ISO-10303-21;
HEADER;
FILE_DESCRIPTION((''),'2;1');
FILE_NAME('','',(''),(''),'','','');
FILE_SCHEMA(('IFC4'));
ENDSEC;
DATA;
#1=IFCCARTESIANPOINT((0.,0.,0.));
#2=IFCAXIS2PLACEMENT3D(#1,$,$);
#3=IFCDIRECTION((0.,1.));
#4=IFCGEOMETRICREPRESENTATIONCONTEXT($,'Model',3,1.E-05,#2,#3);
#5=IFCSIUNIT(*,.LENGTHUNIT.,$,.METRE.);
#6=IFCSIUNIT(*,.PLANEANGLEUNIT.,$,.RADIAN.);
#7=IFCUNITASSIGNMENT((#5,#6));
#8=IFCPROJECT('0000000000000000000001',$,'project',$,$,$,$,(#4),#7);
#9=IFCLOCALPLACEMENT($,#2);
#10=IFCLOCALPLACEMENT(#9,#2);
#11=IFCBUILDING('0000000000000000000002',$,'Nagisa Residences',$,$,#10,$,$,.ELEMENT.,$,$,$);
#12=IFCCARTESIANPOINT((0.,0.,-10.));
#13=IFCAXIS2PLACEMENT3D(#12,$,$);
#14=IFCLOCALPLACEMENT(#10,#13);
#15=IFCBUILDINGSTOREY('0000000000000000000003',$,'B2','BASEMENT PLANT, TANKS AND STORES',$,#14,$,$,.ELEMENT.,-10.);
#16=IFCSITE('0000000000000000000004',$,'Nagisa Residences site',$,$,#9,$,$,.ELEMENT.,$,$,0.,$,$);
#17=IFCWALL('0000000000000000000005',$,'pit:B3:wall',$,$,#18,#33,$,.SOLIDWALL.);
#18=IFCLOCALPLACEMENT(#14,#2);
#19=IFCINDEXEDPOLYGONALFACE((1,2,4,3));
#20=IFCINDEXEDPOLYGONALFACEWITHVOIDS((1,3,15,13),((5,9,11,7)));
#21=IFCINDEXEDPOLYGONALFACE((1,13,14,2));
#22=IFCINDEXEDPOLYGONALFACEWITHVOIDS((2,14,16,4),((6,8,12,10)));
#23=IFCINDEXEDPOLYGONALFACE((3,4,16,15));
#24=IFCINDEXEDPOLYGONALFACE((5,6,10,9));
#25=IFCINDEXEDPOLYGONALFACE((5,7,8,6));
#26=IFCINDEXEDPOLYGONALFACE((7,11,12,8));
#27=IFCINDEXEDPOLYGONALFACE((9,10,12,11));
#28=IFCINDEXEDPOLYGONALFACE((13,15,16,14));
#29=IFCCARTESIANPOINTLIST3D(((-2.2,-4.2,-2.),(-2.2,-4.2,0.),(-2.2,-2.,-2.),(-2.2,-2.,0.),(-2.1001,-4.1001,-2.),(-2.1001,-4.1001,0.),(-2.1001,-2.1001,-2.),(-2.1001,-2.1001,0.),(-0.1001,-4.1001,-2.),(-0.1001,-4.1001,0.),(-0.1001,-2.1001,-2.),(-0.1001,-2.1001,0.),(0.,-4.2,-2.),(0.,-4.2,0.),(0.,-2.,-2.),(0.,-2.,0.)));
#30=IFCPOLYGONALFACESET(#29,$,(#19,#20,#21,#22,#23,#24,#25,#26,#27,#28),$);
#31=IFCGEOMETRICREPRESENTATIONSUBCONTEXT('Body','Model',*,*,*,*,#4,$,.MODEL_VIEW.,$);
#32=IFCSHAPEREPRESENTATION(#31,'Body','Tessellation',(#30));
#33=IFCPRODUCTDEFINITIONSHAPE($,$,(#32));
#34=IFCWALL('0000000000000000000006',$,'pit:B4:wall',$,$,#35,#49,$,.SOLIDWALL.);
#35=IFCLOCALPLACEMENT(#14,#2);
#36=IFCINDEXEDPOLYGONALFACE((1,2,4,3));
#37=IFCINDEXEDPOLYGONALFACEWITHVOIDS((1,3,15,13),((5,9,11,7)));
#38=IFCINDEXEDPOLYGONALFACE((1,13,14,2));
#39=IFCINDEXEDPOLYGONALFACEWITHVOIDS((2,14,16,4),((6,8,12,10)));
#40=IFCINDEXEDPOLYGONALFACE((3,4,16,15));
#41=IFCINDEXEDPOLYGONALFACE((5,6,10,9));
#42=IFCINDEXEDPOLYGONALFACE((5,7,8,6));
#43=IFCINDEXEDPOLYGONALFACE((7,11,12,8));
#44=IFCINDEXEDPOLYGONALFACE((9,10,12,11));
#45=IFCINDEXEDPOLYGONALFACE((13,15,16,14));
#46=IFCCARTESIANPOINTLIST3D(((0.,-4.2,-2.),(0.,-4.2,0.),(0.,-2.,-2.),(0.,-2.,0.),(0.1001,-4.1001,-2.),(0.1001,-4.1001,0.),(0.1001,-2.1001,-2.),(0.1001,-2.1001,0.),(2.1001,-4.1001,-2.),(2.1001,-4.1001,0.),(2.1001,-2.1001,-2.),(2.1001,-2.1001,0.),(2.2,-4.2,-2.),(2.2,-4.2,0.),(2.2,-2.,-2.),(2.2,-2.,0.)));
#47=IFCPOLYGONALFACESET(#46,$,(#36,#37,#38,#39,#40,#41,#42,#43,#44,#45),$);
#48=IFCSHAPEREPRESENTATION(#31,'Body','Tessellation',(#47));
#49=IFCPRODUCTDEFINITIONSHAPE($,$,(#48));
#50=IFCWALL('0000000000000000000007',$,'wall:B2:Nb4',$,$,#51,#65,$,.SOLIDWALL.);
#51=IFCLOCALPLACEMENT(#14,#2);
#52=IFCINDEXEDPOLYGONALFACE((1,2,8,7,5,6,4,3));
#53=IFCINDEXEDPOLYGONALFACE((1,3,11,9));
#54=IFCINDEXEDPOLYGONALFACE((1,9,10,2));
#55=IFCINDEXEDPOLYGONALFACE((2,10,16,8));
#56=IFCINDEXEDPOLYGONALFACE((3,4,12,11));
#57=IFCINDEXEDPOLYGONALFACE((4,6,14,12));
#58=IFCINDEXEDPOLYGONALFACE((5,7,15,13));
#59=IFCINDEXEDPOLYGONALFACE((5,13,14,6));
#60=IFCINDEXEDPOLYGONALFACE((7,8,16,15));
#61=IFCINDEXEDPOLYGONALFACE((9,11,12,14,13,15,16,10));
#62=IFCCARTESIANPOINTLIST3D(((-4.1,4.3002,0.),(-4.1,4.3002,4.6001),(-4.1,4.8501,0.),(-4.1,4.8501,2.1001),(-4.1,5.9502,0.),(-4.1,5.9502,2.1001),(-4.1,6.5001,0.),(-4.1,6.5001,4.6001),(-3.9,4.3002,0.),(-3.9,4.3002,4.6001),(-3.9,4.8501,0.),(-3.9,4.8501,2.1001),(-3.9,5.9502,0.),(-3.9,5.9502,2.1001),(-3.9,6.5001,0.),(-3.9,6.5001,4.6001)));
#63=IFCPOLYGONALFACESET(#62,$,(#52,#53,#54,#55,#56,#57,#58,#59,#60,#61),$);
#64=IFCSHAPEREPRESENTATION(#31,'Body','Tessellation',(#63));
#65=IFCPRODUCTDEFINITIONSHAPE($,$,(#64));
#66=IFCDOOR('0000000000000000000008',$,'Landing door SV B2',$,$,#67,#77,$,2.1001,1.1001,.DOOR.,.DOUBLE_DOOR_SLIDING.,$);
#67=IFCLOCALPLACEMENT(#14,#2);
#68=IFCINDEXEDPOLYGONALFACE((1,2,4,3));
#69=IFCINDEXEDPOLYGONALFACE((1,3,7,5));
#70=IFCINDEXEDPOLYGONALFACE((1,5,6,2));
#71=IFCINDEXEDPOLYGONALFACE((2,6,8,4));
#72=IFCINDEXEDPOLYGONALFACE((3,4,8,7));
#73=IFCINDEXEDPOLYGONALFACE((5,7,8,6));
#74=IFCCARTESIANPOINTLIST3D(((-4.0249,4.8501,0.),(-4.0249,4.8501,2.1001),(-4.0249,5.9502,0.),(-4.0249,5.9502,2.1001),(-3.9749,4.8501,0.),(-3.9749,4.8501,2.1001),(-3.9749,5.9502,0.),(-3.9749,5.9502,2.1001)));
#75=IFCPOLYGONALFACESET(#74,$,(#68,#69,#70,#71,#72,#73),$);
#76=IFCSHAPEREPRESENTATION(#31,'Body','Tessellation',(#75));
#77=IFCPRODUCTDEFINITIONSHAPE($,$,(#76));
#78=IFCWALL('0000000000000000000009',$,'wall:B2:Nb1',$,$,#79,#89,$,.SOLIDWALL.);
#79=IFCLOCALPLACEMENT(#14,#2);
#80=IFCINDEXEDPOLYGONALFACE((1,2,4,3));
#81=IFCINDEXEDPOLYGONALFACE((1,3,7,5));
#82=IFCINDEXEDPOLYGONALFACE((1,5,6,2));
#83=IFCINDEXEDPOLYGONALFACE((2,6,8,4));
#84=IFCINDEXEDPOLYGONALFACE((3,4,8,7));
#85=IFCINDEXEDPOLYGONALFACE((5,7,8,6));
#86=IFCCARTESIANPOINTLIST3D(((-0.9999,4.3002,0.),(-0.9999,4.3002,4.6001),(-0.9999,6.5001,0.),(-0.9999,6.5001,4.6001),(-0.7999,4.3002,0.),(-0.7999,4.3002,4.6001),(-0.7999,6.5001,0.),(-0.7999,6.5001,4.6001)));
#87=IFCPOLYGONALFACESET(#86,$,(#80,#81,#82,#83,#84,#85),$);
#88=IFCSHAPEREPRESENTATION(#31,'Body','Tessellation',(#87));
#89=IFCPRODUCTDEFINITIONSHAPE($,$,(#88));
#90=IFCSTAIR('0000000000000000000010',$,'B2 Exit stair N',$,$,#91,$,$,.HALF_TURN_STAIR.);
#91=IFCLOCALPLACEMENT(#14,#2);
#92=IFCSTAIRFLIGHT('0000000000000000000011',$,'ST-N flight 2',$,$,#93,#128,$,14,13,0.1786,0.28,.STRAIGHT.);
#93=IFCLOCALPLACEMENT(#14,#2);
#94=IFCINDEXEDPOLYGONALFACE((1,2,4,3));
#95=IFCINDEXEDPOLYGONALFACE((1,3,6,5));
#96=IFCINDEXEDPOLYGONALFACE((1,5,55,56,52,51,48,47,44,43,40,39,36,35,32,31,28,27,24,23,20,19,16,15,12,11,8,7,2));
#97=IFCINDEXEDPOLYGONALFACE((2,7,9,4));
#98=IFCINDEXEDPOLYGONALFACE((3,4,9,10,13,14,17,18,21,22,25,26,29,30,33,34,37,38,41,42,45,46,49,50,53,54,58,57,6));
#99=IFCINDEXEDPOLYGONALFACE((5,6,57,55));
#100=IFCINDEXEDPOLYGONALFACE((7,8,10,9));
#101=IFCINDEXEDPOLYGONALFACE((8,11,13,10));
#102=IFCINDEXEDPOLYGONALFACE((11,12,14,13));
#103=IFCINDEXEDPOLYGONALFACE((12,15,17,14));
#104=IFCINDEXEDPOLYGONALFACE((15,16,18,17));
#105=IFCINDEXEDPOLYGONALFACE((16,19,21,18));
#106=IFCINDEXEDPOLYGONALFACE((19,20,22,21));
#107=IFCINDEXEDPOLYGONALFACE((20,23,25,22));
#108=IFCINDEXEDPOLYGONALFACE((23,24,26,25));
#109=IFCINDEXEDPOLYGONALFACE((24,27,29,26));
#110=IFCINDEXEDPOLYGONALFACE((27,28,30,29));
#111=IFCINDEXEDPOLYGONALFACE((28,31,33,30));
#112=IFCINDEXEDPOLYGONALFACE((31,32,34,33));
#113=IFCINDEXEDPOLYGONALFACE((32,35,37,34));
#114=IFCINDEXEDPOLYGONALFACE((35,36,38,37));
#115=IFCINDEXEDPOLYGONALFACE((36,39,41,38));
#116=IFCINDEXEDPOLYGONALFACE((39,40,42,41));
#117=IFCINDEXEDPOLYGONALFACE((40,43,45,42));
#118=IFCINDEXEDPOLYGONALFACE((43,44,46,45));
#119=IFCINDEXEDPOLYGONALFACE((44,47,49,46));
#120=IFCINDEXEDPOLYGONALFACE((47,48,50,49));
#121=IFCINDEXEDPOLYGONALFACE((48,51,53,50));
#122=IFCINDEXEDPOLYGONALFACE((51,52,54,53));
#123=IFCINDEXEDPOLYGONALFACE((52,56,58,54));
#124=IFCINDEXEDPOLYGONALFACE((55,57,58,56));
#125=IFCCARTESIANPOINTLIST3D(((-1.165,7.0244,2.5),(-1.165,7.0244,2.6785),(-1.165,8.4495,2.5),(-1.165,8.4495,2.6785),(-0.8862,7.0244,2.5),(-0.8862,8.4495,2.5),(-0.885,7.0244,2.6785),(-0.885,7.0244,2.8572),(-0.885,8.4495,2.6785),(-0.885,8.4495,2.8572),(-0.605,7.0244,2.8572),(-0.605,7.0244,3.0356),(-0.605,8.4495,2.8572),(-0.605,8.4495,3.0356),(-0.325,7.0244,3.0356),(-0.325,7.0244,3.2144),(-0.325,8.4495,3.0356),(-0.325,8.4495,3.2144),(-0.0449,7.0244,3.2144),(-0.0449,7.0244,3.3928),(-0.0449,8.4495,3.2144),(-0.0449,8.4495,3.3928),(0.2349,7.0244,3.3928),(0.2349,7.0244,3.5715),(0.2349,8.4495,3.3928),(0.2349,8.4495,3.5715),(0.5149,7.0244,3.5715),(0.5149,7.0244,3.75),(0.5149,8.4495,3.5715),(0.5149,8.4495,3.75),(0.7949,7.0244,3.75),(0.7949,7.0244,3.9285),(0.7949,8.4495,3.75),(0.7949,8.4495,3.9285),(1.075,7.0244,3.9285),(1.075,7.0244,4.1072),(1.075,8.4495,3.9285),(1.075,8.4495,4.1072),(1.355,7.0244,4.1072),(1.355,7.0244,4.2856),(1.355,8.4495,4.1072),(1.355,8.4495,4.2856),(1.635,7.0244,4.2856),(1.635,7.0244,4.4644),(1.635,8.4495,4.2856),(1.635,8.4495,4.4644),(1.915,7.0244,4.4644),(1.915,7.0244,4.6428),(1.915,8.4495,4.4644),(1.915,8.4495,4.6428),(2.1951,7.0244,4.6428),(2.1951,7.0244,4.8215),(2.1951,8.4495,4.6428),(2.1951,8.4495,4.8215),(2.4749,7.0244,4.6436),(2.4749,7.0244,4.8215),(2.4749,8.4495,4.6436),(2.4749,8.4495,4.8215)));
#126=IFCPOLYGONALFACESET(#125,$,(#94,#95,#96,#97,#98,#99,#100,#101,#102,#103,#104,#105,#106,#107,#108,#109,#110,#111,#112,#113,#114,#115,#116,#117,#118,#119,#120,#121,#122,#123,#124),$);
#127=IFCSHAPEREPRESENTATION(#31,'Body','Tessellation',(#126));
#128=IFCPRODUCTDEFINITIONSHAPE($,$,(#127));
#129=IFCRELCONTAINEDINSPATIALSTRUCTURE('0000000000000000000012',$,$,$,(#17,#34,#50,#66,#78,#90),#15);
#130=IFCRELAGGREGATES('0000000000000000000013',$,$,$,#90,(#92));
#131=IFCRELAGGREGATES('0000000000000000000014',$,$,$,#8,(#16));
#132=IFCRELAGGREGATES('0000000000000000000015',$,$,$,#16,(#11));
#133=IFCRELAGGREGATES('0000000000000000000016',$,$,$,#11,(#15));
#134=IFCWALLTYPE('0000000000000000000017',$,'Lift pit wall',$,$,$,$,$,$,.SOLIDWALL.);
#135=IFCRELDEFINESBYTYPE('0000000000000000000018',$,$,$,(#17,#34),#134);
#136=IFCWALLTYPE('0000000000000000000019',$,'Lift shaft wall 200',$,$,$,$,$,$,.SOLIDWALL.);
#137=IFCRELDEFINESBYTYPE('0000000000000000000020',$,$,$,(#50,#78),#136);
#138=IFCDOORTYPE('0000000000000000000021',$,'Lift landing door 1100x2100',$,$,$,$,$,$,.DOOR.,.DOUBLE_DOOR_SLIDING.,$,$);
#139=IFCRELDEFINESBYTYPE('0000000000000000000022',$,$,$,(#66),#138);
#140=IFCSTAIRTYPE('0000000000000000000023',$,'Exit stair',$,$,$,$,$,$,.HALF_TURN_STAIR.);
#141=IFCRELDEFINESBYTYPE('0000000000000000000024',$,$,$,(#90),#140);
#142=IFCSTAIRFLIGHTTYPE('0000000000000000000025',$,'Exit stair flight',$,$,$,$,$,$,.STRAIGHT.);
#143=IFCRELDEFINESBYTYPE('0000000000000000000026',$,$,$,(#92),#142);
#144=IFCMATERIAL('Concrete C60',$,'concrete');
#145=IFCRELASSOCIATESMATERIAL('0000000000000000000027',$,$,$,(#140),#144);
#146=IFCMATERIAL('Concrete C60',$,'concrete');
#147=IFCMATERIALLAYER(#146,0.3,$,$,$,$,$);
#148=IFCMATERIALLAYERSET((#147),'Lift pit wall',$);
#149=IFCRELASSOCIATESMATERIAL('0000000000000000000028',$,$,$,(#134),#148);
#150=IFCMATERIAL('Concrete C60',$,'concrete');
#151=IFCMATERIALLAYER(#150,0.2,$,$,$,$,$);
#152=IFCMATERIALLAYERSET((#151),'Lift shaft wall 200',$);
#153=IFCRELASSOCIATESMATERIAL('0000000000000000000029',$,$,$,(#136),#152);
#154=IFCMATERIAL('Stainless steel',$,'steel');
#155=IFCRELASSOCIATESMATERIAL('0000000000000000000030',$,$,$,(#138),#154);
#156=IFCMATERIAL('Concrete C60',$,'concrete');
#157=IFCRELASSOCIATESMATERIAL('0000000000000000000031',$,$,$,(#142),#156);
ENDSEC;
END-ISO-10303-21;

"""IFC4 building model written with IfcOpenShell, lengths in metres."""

from ifc_helpers import new_model, si_unit, direction, frame, frame_2d, origin, place, context, subcontext, project, spatial, polyline, rectangle, outline, extrude, material, layer, layer_set, type_object, element, fill, aggregate, save


model = new_model("IFC4")

# Units and contexts
model_context = context("Model", 3, precision=1e-05, world=origin(), true_north=direction((0.0, 1.0)))
body_context = subcontext(model_context, "Body", "Model", "MODEL_VIEW")
ifc_project = project(units=[si_unit("LENGTHUNIT", "METRE"), si_unit("PLANEANGLEUNIT", "RADIAN")], contexts=[model_context])

# Site, building, storey
site_placement = place(None, origin())
site = spatial("IfcSite", under=ifc_project, at=site_placement, Name="Nagisa Residences site", CompositionType="ELEMENT", RefElevation=0.0)
building_placement = place(site_placement, origin())
building = spatial("IfcBuilding", under=site, at=building_placement, Name="Nagisa Residences", CompositionType="ELEMENT")
storey_placement = place(building_placement, frame((0.0, 0.0, -10.0)))
storey = spatial("IfcBuildingStorey", under=building, at=storey_placement, Name="B2", Description="BASEMENT PLANT, TANKS AND STORES", CompositionType="ELEMENT", Elevation=-10.0)

# Shared definitions
ifc_material_1 = material(Name="Concrete C60", Category="concrete")
stair_type = type_object("IfcStairType", Name="Exit stair", PredefinedType="HALF_TURN_STAIR", material=ifc_material_1)

# Walls
ifc_material_2 = material(Name="Concrete C60", Category="concrete")
ifc_layer_1 = layer(ifc_material_2, 0.3)
ifc_layer_set_1 = layer_set([ifc_layer_1], Name="Lift pit wall")
wall_type_1 = type_object("IfcWallType", Name="Lift pit wall", PredefinedType="SOLIDWALL", material=ifc_layer_set_1)
wall_1_placement = place(storey_placement, frame((0.0, 0.0, -2.0)))
element("IfcWall", 1, at=wall_1_placement, inside=storey, type_object=wall_type_1, Name="pit:B3:wall", PredefinedType="SOLIDWALL", context=body_context, shape_type="SweptSolid", body=[
    extrude(outline(polyline([(0.0, -4.2), (-2.2, -4.2), (-2.2, -2.0), (0.0, -2.0), (0.0, -4.2)]), holes=[polyline([(-0.1001, -4.1001), (-0.1001, -2.1001), (-2.1001, -2.1001), (-2.1001, -4.1001), (-0.1001, -4.1001)])]), origin(), (0.0, 0.0, 1.0), 2.0),
])
wall_2_placement = place(storey_placement, frame((0.0, 0.0, -2.0)))
element("IfcWall", 2, at=wall_2_placement, inside=storey, type_object=wall_type_1, Name="pit:B4:wall", PredefinedType="SOLIDWALL", context=body_context, shape_type="SweptSolid", body=[
    extrude(outline(polyline([(2.2, -4.2), (0.0, -4.2), (0.0, -2.0), (2.2, -2.0), (2.2, -4.2)]), holes=[polyline([(2.1001, -4.1001), (2.1001, -2.1001), (0.1001, -2.1001), (0.1001, -4.1001), (2.1001, -4.1001)])]), origin(), (0.0, 0.0, 1.0), 2.0),
])

# Wall, opening, door
ifc_material_3 = material(Name="Concrete C60", Category="concrete")
ifc_layer_2 = layer(ifc_material_3, 0.2)
ifc_layer_set_2 = layer_set([ifc_layer_2], Name="Lift shaft wall 200")
wall_type_2 = type_object("IfcWallType", Name="Lift shaft wall 200", PredefinedType="SOLIDWALL", material=ifc_layer_set_2)
wall_3_placement = place(storey_placement, frame((-4.0, 4.3, 0.0), z_axis=(0.0, 0.0, 1.0), x_axis=(0.0, 1.0, 0.0)))
wall_3 = element("IfcWall", 3, at=wall_3_placement, inside=storey, type_object=wall_type_2, Name="wall:B2:Nb4", PredefinedType="SOLIDWALL", context=body_context, shape_type="SweptSolid", body=[
    extrude(rectangle(XDim=2.2, YDim=0.2, at=frame_2d((1.1001, 0.0))), origin(), (0.0, 0.0, 1.0), 4.6001),
])
opening_1_placement = place(wall_3_placement, frame((0.55, 0.0, 0.0)))
opening_1 = element("IfcOpeningElement", 4, at=opening_1_placement, cuts=wall_3, PredefinedType="OPENING", context=body_context, shape_type="SweptSolid", body=[
    extrude(rectangle(XDim=1.1001, YDim=2.1001, at=frame_2d((0.55, 1.05))), frame((0.0, 0.1099, 0.0), z_axis=(0.0, -1.0, 0.0), x_axis=(1.0, 0.0, 0.0)), (0.0, 0.0, 1.0), 0.22),
])
ifc_material_4 = material(Name="Stainless steel", Category="steel")
door_type_1 = type_object("IfcDoorType", Name="Lift landing door 1100x2100", OperationType="DOUBLE_DOOR_SLIDING", PredefinedType="DOOR", material=ifc_material_4)
door_1_placement = place(opening_1_placement, origin())
door_1 = element("IfcDoor", 5, at=door_1_placement, inside=storey, type_object=door_type_1, Name="Landing door SV B2", OperationType="DOUBLE_DOOR_SLIDING", OverallHeight=2.1001, OverallWidth=1.1001, PredefinedType="DOOR", context=body_context, shape_type="SweptSolid", body=[
    extrude(rectangle(XDim=1.1001, YDim=2.1001, at=frame_2d((0.55, 1.05))), frame((0.0, 0.0249, 0.0), z_axis=(0.0, -1.0, 0.0), x_axis=(1.0, 0.0, 0.0)), (0.0, 0.0, 1.0), 0.05),
])
fill(opening_1, door_1)

# Wall
wall_4_placement = place(storey_placement, frame((-0.8999, 4.3, 0.0), z_axis=(0.0, 0.0, 1.0), x_axis=(0.0, 1.0, 0.0)))
element("IfcWall", 6, at=wall_4_placement, inside=storey, type_object=wall_type_2, Name="wall:B2:Nb1", PredefinedType="SOLIDWALL", context=body_context, shape_type="SweptSolid", body=[
    extrude(rectangle(XDim=2.2, YDim=0.2, at=frame_2d((1.1001, 0.0))), origin(), (0.0, 0.0, 1.0), 4.6001),
])

# Stair, stair flight
stair_1_placement = place(storey_placement, origin())
stair_1 = element("IfcStair", 7, at=stair_1_placement, inside=storey, type_object=stair_type, Name="B2 Exit stair N", PredefinedType="HALF_TURN_STAIR")
ifc_material_5 = material(Name="Concrete C60", Category="concrete")
stair_flight_type = type_object("IfcStairFlightType", Name="Exit stair flight", PredefinedType="STRAIGHT", material=ifc_material_5)
stair_flight_placement = place(storey_placement, frame((-1.165, 7.7371, 2.5), z_axis=(0.0, 0.0, 1.0), x_axis=(1.0, 0.0, 0.0)))
stair_flight = element("IfcStairFlight", 8, at=stair_flight_placement, type_object=stair_flight_type, Name="ST-N flight 2", NumberOfRisers=14, NumberOfTreads=13, PredefinedType="STRAIGHT", RiserHeight=0.1786, TreadLength=0.28, context=body_context, shape_type="SweptSolid", body=[
    extrude(outline(polyline([(0.0, 0.0), (0.0, 0.1785), (0.28, 0.1785), (0.28, 0.3572), (0.5601, 0.3572), (0.5601, 0.5356), (0.8401, 0.5356), (0.8401, 0.7144), (1.1201, 0.7144), (1.1201, 0.8928), (1.3999, 0.8928), (1.3999, 1.0715), (1.6799, 1.0715), (1.6799, 1.25), (1.96, 1.25), (1.96, 1.4285), (2.24, 1.4285), (2.24, 1.6072), (2.52, 1.6072), (2.52, 1.7856), (2.8, 1.7856), (2.8, 1.9644), (3.0801, 1.9644), (3.0801, 2.1428), (3.3601, 2.1428), (3.3601, 2.3215), (3.6399, 2.3215), (3.6399, 2.5), (3.6399, 2.1436), (0.2788, 0.0), (0.0, 0.0)])), frame((0.0, 0.7124, 0.0), z_axis=(0.0, -1.0, 0.0), x_axis=(1.0, 0.0, 0.0)), (0.0, 0.0, 1.0), 1.425),
])
aggregate(stair_1, [stair_flight])

save(model, "model.ifc")
